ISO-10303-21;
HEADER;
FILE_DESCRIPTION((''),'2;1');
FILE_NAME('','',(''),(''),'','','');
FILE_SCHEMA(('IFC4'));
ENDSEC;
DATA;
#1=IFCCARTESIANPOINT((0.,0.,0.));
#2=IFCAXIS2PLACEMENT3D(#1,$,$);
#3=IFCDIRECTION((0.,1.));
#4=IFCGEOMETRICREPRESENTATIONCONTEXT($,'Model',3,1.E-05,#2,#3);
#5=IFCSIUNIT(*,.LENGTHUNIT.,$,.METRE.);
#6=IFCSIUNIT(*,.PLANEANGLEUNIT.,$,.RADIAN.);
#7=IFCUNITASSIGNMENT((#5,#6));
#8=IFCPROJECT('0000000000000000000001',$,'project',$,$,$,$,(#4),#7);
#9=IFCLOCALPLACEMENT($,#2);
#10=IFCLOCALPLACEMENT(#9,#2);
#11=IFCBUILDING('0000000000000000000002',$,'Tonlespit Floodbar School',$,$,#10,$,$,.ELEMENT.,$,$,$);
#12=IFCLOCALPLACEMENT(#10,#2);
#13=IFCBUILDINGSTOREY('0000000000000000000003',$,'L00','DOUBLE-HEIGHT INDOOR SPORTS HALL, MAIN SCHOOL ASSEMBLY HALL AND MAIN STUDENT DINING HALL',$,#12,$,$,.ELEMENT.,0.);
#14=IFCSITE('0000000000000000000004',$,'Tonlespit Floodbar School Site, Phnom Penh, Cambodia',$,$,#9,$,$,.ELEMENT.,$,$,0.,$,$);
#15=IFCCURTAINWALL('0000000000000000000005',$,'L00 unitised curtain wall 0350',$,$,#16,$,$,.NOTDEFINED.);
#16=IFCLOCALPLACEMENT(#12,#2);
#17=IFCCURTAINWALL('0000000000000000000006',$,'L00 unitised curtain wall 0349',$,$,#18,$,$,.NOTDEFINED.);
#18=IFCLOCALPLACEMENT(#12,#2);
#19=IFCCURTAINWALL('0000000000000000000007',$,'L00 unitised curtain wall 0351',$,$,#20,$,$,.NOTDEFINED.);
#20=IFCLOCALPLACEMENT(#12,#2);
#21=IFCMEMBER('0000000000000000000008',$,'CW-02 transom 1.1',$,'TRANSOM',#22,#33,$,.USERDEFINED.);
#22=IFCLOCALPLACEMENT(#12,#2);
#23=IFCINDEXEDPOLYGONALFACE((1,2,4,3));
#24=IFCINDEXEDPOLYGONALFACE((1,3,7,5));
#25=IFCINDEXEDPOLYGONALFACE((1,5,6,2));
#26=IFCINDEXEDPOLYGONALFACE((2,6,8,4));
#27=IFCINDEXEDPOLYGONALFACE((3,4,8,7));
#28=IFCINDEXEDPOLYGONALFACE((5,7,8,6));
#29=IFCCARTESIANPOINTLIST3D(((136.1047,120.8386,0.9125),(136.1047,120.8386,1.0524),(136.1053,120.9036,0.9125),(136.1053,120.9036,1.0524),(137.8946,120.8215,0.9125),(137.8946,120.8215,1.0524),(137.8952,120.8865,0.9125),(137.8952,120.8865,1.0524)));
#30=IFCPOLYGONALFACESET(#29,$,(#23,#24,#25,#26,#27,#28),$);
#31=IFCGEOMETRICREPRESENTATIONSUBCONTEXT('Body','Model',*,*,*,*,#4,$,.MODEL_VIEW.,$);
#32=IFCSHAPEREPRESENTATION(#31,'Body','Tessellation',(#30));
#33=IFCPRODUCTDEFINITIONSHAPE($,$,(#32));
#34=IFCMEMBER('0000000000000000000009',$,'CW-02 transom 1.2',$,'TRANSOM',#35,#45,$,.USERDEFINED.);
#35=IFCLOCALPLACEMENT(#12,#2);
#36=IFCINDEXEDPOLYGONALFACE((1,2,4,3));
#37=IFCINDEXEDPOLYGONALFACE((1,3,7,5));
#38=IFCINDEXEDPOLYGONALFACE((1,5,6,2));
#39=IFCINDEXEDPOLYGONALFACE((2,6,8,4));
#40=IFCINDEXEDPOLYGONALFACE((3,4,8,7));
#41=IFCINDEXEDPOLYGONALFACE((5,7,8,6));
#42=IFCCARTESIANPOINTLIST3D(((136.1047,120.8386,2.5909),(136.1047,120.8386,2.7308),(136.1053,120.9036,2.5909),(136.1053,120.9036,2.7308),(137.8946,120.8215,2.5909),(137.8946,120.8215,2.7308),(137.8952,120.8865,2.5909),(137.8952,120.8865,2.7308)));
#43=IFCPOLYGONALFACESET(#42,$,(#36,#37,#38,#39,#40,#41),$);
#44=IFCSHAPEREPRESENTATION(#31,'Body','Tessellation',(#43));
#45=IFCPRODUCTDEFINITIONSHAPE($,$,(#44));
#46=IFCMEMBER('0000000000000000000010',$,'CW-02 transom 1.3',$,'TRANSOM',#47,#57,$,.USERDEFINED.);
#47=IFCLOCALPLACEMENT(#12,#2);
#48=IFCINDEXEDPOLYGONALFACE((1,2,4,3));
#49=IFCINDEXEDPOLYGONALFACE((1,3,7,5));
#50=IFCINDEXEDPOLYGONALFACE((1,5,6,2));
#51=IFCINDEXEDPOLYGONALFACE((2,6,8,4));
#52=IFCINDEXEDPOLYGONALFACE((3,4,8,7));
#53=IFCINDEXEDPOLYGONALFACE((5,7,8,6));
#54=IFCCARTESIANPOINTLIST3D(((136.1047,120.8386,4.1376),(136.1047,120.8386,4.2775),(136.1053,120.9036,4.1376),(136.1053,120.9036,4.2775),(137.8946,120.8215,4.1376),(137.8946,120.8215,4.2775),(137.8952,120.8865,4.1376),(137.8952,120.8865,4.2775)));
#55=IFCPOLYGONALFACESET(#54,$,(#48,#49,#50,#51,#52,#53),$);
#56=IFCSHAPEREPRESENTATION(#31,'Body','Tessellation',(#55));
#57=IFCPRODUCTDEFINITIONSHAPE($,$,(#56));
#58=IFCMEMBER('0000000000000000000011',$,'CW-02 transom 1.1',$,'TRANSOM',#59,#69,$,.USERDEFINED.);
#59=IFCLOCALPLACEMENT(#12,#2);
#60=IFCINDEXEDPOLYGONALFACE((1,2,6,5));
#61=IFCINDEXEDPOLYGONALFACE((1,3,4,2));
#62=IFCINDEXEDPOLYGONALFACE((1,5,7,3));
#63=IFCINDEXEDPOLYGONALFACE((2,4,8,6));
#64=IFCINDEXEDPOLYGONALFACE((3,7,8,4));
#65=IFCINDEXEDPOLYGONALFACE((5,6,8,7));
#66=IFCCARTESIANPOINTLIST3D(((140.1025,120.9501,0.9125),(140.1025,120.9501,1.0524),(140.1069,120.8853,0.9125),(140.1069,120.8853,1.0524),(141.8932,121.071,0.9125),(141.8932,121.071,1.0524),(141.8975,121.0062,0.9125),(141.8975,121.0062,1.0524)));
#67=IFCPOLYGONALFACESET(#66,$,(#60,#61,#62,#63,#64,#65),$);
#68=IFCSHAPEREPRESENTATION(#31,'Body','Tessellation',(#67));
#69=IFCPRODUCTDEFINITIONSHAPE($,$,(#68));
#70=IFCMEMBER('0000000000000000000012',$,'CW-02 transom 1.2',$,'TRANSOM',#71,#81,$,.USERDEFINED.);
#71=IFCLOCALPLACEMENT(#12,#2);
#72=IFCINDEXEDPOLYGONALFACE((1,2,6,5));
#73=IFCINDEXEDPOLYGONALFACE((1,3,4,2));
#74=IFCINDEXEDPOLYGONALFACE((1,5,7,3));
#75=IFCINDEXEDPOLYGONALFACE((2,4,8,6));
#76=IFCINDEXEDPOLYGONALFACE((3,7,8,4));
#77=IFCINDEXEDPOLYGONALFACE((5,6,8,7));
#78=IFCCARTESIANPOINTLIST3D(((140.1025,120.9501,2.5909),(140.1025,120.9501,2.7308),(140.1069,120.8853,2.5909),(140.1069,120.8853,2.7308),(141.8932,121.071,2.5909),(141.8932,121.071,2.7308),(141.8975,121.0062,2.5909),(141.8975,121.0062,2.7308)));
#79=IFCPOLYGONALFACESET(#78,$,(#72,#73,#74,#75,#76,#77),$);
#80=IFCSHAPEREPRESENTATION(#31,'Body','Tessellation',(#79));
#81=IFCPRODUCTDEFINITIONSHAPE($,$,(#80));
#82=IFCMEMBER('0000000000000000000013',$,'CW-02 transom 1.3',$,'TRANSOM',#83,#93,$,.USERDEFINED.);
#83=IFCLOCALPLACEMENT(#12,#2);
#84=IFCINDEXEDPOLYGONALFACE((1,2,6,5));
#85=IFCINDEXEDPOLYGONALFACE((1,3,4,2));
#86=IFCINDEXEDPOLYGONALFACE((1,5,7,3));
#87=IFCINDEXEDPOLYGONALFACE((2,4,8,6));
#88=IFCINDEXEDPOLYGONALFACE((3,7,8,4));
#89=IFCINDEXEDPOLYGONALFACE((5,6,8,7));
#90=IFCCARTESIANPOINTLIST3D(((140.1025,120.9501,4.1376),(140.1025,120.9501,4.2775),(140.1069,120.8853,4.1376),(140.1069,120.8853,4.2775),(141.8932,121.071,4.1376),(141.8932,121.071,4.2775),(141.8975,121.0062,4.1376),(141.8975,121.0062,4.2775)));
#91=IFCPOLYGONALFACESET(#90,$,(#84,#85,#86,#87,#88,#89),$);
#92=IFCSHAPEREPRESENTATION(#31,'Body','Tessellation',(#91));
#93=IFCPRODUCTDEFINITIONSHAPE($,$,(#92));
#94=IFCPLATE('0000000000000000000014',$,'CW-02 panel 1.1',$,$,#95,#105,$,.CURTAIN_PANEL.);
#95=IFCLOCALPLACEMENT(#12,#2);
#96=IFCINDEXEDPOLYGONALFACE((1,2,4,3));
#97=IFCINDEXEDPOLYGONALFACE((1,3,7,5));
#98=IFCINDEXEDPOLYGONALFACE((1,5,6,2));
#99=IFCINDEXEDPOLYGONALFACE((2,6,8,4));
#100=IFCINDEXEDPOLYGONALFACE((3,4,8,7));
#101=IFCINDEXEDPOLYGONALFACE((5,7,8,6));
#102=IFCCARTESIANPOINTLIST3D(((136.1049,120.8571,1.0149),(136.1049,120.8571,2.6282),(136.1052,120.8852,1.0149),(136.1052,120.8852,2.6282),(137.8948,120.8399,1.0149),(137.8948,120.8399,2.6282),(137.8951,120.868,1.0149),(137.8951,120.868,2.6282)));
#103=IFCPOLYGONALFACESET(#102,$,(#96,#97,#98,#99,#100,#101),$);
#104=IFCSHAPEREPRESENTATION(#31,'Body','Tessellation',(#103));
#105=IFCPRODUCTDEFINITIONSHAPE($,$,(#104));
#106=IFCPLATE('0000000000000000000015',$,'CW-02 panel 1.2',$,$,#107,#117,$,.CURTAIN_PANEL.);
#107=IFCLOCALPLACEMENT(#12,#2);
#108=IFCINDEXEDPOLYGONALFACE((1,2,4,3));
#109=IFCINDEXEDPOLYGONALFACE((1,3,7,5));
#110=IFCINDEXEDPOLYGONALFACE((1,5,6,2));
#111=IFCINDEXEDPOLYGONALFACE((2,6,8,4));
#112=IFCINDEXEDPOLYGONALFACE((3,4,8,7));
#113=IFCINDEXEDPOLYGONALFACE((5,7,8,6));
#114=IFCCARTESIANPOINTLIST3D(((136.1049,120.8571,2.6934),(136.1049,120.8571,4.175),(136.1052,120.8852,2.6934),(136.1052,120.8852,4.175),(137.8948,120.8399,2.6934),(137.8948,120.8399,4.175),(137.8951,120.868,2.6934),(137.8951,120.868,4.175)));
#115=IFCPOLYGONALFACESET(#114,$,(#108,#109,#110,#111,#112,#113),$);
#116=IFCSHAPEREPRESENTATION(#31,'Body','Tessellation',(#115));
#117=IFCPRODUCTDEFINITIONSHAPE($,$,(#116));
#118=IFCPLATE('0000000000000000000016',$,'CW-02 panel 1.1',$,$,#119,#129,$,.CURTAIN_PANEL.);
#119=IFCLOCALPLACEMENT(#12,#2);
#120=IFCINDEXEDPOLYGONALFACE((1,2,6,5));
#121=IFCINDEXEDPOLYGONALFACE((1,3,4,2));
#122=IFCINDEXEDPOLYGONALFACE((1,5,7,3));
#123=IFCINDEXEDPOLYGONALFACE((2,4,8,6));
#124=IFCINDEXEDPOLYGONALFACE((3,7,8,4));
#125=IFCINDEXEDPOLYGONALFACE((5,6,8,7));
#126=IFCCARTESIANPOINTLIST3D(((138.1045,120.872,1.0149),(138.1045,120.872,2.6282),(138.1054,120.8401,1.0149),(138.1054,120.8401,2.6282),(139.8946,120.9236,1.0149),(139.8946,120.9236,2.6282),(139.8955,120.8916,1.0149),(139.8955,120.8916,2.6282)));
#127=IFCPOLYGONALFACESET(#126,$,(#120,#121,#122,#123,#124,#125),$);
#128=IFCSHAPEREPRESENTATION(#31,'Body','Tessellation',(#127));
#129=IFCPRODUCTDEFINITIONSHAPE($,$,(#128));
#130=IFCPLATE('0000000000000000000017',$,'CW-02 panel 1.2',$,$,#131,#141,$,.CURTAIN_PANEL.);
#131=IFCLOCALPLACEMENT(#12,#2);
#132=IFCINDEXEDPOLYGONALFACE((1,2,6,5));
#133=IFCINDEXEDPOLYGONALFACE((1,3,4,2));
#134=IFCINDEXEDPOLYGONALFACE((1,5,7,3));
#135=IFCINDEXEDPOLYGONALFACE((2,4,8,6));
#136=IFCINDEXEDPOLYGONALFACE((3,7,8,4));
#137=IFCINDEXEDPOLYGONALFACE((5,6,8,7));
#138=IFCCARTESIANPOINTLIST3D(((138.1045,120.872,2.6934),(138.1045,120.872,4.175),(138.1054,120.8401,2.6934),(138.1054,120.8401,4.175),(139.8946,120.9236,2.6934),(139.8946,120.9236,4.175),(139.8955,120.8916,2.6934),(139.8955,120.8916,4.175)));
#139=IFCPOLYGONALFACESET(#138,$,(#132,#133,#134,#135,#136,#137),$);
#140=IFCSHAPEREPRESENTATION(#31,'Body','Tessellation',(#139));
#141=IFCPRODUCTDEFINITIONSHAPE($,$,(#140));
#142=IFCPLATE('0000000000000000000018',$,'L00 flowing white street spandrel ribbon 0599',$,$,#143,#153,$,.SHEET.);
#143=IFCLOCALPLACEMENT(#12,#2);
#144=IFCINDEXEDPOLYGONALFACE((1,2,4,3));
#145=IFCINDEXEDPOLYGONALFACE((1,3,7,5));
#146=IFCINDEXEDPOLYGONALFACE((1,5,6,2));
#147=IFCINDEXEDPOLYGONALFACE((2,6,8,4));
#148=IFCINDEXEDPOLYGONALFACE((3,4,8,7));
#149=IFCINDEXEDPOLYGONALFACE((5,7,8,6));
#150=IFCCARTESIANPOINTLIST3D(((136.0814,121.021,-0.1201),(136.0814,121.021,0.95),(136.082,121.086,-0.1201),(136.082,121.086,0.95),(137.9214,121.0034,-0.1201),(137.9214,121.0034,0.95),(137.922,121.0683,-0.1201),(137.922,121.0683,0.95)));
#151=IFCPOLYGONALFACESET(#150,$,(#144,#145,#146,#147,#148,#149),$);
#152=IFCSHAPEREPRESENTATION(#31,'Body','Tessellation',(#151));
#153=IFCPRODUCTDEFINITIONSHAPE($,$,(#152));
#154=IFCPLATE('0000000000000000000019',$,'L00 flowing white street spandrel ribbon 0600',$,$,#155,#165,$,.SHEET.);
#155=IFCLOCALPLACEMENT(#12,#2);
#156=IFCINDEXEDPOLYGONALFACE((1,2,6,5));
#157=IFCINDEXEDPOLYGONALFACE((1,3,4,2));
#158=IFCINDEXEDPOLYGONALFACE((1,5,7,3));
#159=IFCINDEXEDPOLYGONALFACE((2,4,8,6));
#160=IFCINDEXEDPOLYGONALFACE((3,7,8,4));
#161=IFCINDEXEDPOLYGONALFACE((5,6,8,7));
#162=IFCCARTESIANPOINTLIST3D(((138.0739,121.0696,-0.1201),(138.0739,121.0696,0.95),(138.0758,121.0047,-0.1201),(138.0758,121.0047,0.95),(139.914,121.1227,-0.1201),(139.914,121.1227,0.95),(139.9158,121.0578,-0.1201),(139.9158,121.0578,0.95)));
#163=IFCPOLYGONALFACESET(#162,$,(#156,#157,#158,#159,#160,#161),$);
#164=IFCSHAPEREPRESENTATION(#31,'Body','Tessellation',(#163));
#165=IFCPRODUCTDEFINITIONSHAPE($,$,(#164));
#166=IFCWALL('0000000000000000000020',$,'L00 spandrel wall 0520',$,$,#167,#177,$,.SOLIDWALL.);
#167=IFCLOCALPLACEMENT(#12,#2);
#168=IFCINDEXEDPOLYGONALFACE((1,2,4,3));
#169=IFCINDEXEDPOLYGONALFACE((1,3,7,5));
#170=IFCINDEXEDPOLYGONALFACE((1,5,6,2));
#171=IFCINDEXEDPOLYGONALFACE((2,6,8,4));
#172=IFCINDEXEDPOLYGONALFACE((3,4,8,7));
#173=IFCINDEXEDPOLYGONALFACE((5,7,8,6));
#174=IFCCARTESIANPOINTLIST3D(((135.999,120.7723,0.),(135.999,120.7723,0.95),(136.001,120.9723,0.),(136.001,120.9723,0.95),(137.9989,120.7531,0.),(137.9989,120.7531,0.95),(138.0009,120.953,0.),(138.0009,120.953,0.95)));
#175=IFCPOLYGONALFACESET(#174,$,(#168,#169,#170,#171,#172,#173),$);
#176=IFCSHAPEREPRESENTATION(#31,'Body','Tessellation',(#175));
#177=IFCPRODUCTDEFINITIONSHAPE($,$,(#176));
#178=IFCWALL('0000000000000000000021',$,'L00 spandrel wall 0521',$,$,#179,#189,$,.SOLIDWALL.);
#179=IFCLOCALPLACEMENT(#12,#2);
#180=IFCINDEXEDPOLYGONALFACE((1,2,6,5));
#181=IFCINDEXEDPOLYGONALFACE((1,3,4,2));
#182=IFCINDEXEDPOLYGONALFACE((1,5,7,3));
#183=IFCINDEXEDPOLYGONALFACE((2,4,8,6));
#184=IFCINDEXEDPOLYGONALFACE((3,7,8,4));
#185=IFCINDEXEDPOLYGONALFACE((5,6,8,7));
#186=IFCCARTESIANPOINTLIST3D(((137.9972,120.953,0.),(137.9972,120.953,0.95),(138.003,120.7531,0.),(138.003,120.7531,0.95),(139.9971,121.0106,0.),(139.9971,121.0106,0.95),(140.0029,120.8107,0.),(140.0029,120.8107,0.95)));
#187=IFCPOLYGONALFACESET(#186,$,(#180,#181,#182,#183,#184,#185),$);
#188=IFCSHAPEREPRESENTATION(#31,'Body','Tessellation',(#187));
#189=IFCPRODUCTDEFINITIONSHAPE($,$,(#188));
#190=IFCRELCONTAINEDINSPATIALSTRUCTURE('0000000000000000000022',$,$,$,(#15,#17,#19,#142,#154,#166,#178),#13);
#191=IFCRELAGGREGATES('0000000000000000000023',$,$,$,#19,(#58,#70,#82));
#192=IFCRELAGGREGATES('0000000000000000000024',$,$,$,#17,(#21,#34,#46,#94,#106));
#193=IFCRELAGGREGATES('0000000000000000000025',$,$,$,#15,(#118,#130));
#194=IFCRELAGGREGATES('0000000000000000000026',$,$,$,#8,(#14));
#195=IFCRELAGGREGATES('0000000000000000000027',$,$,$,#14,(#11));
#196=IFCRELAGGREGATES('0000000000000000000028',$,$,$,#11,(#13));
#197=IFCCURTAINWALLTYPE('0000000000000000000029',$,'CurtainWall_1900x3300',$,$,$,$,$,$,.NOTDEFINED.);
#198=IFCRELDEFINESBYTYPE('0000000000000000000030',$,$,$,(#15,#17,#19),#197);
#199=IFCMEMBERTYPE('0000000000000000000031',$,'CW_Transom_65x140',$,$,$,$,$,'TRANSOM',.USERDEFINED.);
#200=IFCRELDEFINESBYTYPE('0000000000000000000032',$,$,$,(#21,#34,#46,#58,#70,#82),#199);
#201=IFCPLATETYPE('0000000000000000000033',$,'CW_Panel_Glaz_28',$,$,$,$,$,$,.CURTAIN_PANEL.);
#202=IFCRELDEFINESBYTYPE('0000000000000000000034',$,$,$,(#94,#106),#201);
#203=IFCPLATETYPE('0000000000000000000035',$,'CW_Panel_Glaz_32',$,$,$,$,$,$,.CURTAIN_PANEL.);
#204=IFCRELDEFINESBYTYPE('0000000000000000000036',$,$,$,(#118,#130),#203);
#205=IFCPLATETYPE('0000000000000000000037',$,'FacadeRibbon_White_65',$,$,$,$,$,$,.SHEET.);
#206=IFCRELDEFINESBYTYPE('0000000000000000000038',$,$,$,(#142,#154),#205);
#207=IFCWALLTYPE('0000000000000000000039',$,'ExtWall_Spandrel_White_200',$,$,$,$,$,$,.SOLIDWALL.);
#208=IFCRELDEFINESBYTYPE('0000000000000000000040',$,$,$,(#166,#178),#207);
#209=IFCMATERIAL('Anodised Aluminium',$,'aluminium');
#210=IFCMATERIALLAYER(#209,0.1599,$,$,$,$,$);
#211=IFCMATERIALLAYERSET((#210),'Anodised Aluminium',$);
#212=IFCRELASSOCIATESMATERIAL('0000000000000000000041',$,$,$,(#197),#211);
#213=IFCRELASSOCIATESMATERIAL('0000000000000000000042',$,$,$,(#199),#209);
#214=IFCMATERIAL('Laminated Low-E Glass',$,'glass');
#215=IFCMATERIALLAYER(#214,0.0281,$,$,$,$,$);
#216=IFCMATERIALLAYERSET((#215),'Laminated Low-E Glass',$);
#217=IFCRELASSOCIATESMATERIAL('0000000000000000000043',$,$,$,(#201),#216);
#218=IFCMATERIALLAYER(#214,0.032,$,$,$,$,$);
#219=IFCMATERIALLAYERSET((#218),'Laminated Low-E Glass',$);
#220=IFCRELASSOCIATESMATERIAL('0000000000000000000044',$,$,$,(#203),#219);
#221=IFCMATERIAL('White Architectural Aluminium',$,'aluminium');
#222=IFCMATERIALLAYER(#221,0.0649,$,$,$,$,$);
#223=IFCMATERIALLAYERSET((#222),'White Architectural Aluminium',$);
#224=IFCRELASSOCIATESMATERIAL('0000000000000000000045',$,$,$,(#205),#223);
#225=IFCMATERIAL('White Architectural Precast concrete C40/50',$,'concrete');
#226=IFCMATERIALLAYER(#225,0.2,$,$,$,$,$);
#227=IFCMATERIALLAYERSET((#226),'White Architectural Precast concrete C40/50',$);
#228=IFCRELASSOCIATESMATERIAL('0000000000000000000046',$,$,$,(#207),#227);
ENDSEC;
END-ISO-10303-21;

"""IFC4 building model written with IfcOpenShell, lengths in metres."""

from ifc_helpers import new_model, si_unit, direction, frame, frame_2d, origin, origin_2d, place, context, subcontext, project, spatial, rectangle, extrude, material, layer, layer_set, material_profile, profile_set, type_object, element, aggregate, save


model = new_model("IFC4")

# Units and contexts
model_context = context("Model", 3, precision=1e-05, world=origin(), true_north=direction((0.0, 1.0)))
body_context = subcontext(model_context, "Body", "Model", "MODEL_VIEW")
ifc_project = project(units=[si_unit("LENGTHUNIT", "METRE"), si_unit("PLANEANGLEUNIT", "RADIAN")], contexts=[model_context])

# Site, building, storey
site_placement = place(None, origin())
site = spatial("IfcSite", under=ifc_project, at=site_placement, Name="Tonlespit Floodbar School Site, Phnom Penh, Cambodia", CompositionType="ELEMENT", RefElevation=0.0)
building_placement = place(site_placement, origin())
building = spatial("IfcBuilding", under=site, at=building_placement, Name="Tonlespit Floodbar School", CompositionType="ELEMENT")
storey_placement = place(building_placement, origin())
storey = spatial("IfcBuildingStorey", under=building, at=storey_placement, Name="L00", Description="DOUBLE-HEIGHT INDOOR SPORTS HALL, MAIN SCHOOL ASSEMBLY HALL AND MAIN STUDENT DINING HALL", CompositionType="ELEMENT", Elevation=0.0)

# Shared definitions
ifc_material_1 = material(Name="Anodised Aluminium", Category="aluminium")
ifc_layer_1 = layer(ifc_material_1, 0.1599)
ifc_layer_set_1 = layer_set([ifc_layer_1], Name="Anodised Aluminium")
curtain_wall_type = type_object("IfcCurtainWallType", Name="CurtainWall_1900x3300", PredefinedType="NOTDEFINED", material=ifc_layer_set_1)

# Curtain walls
curtain_wall_1_placement = place(storey_placement, origin())
curtain_wall_1 = element("IfcCurtainWall", 1, at=curtain_wall_1_placement, inside=storey, type_object=curtain_wall_type, Name="L00 unitised curtain wall 0350", PredefinedType="NOTDEFINED")
curtain_wall_2_placement = place(storey_placement, origin())
curtain_wall_2 = element("IfcCurtainWall", 2, at=curtain_wall_2_placement, inside=storey, type_object=curtain_wall_type, Name="L00 unitised curtain wall 0349", PredefinedType="NOTDEFINED")

# Curtain wall
curtain_wall_3_placement = place(storey_placement, origin())
curtain_wall_3 = element("IfcCurtainWall", 3, at=curtain_wall_3_placement, inside=storey, type_object=curtain_wall_type, Name="L00 unitised curtain wall 0351", PredefinedType="NOTDEFINED")

# Members
ifc_material_profile_1 = material_profile(ifc_material_1, rectangle(XDim=0.0649, YDim=0.1399, at=origin_2d()), Name="ALU T65x140")
ifc_profile_set_1 = profile_set([ifc_material_profile_1], Name="Anodised Aluminium")
member_type_1 = type_object("IfcMemberType", Name="CW_Transom_65x140", ElementType="TRANSOM", PredefinedType="USERDEFINED", material=ifc_profile_set_1)
member_1_placement = place(storey_placement, frame((136.105, 120.8711, 0.9824), z_axis=(0.999954, -0.009547, 0.0), x_axis=(0.009547, 0.999954, 0.0)))
member_1 = element("IfcMember", 4, at=member_1_placement, type_object=member_type_1, Name="CW-02 transom 1.1", ObjectType="TRANSOM", PredefinedType="USERDEFINED", context=body_context, shape_type="SweptSolid", body=[
    extrude(rectangle(XDim=0.0649, YDim=0.1399, at=origin_2d()), origin(), (0.0, 0.0, 1.0), 1.79),
])
member_2_placement = place(storey_placement, frame((136.105, 120.8711, 2.6609), z_axis=(0.999954, -0.009547, 0.0), x_axis=(0.009547, 0.999954, 0.0)))
member_2 = element("IfcMember", 5, at=member_2_placement, type_object=member_type_1, Name="CW-02 transom 1.2", ObjectType="TRANSOM", PredefinedType="USERDEFINED", context=body_context, shape_type="SweptSolid", body=[
    extrude(rectangle(XDim=0.0649, YDim=0.1399, at=origin_2d()), origin(), (0.0, 0.0, 1.0), 1.79),
])
member_3_placement = place(storey_placement, frame((136.105, 120.8711, 4.2075), z_axis=(0.999954, -0.009547, 0.0), x_axis=(0.009547, 0.999954, 0.0)))
member_3 = element("IfcMember", 6, at=member_3_placement, type_object=member_type_1, Name="CW-02 transom 1.3", ObjectType="TRANSOM", PredefinedType="USERDEFINED", context=body_context, shape_type="SweptSolid", body=[
    extrude(rectangle(XDim=0.0649, YDim=0.1399, at=origin_2d()), origin(), (0.0, 0.0, 1.0), 1.79),
])
member_4_placement = place(storey_placement, frame((140.1047, 120.9177, 0.9824), z_axis=(0.99773, 0.067341, 0.0), x_axis=(-0.067341, 0.99773, 0.0)))
member_4 = element("IfcMember", 7, at=member_4_placement, type_object=member_type_1, Name="CW-02 transom 1.1", ObjectType="TRANSOM", PredefinedType="USERDEFINED", context=body_context, shape_type="SweptSolid", body=[
    extrude(rectangle(XDim=0.0649, YDim=0.1399, at=origin_2d()), origin(), (0.0, 0.0, 1.0), 1.7947),
])
member_5_placement = place(storey_placement, frame((140.1047, 120.9177, 2.6609), z_axis=(0.99773, 0.067341, 0.0), x_axis=(-0.067341, 0.99773, 0.0)))
member_5 = element("IfcMember", 8, at=member_5_placement, type_object=member_type_1, Name="CW-02 transom 1.2", ObjectType="TRANSOM", PredefinedType="USERDEFINED", context=body_context, shape_type="SweptSolid", body=[
    extrude(rectangle(XDim=0.0649, YDim=0.1399, at=origin_2d()), origin(), (0.0, 0.0, 1.0), 1.7947),
])
member_6_placement = place(storey_placement, frame((140.1047, 120.9177, 4.2075), z_axis=(0.99773, 0.067341, 0.0), x_axis=(-0.067341, 0.99773, 0.0)))
member_6 = element("IfcMember", 9, at=member_6_placement, type_object=member_type_1, Name="CW-02 transom 1.3", ObjectType="TRANSOM", PredefinedType="USERDEFINED", context=body_context, shape_type="SweptSolid", body=[
    extrude(rectangle(XDim=0.0649, YDim=0.1399, at=origin_2d()), origin(), (0.0, 0.0, 1.0), 1.7947),
])
aggregate(curtain_wall_3, [member_4, member_5, member_6])

# Plates
ifc_material_2 = material(Name="Laminated Low-E Glass", Category="glass")
ifc_layer_2 = layer(ifc_material_2, 0.0281)
ifc_layer_set_2 = layer_set([ifc_layer_2], Name="Laminated Low-E Glass")
plate_type_1 = type_object("IfcPlateType", Name="CW_Panel_Glaz_28", PredefinedType="CURTAIN_PANEL", material=ifc_layer_set_2)
plate_1_placement = place(storey_placement, frame((137.0, 120.8625, 1.0149), z_axis=(0.0, 0.0, 1.0), x_axis=(0.999954, -0.009583, 0.0)))
plate_1 = element("IfcPlate", 10, at=plate_1_placement, type_object=plate_type_1, Name="CW-02 panel 1.1", PredefinedType="CURTAIN_PANEL", context=body_context, shape_type="SweptSolid", body=[
    extrude(rectangle(XDim=1.79, YDim=0.0281, at=origin_2d()), origin(), (0.0, 0.0, 1.0), 1.6133),
])
plate_2_placement = place(storey_placement, frame((137.0, 120.8625, 2.6934), z_axis=(0.0, 0.0, 1.0), x_axis=(0.999954, -0.009583, 0.0)))
plate_2 = element("IfcPlate", 11, at=plate_2_placement, type_object=plate_type_1, Name="CW-02 panel 1.2", PredefinedType="CURTAIN_PANEL", context=body_context, shape_type="SweptSolid", body=[
    extrude(rectangle(XDim=1.79, YDim=0.0281, at=origin_2d()), origin(), (0.0, 0.0, 1.0), 1.4817),
])
aggregate(curtain_wall_2, [member_1, member_2, member_3, plate_1, plate_2])
ifc_layer_3 = layer(ifc_material_2, 0.032)
ifc_layer_set_3 = layer_set([ifc_layer_3], Name="Laminated Low-E Glass")
plate_type_2 = type_object("IfcPlateType", Name="CW_Panel_Glaz_32", PredefinedType="CURTAIN_PANEL", material=ifc_layer_set_3)
plate_3_placement = place(storey_placement, frame((139.0, 120.8818, 1.0149), z_axis=(0.0, 0.0, 1.0), x_axis=(0.999585, 0.02879, 0.0)))
plate_3 = element("IfcPlate", 12, at=plate_3_placement, type_object=plate_type_2, Name="CW-02 panel 1.1", PredefinedType="CURTAIN_PANEL", context=body_context, shape_type="SweptSolid", body=[
    extrude(rectangle(XDim=1.7908, YDim=0.032, at=origin_2d()), origin(), (0.0, 0.0, 1.0), 1.6133),
])
plate_4_placement = place(storey_placement, frame((139.0, 120.8818, 2.6934), z_axis=(0.0, 0.0, 1.0), x_axis=(0.999585, 0.02879, 0.0)))
plate_4 = element("IfcPlate", 13, at=plate_4_placement, type_object=plate_type_2, Name="CW-02 panel 1.2", PredefinedType="CURTAIN_PANEL", context=body_context, shape_type="SweptSolid", body=[
    extrude(rectangle(XDim=1.7908, YDim=0.032, at=origin_2d()), origin(), (0.0, 0.0, 1.0), 1.4817),
])
aggregate(curtain_wall_1, [plate_3, plate_4])

# Plates
ifc_material_3 = material(Name="White Architectural Aluminium", Category="aluminium")
ifc_layer_4 = layer(ifc_material_3, 0.0649)
ifc_layer_set_4 = layer_set([ifc_layer_4], Name="White Architectural Aluminium")
plate_type_3 = type_object("IfcPlateType", Name="FacadeRibbon_White_65", PredefinedType="SHEET", material=ifc_layer_set_4)
plate_5_placement = place(storey_placement, frame((137.0017, 121.0447, -0.1201), z_axis=(0.0, 0.0, 1.0), x_axis=(0.999954, -0.009599, 0.0)))
element("IfcPlate", 14, at=plate_5_placement, inside=storey, type_object=plate_type_3, Name="L00 flowing white street spandrel ribbon 0599", PredefinedType="SHEET", context=body_context, shape_type="SweptSolid", body=[
    extrude(rectangle(XDim=1.8401, YDim=0.0649, at=origin_2d()), origin(), (0.0, 0.0, 1.0), 1.0701),
])
plate_6_placement = place(storey_placement, frame((138.9949, 121.0637, -0.1201), z_axis=(0.0, 0.0, 1.0), x_axis=(0.999584, 0.028838, 0.0)))
element("IfcPlate", 15, at=plate_6_placement, inside=storey, type_object=plate_type_3, Name="L00 flowing white street spandrel ribbon 0600", PredefinedType="SHEET", context=body_context, shape_type="SweptSolid", body=[
    extrude(rectangle(XDim=1.8408, YDim=0.0649, at=origin_2d()), origin(), (0.0, 0.0, 1.0), 1.0701),
])

# Walls
ifc_material_4 = material(Name="White Architectural Precast concrete C40/50", Category="concrete")
ifc_layer_5 = layer(ifc_material_4, 0.2)
ifc_layer_set_5 = layer_set([ifc_layer_5], Name="White Architectural Precast concrete C40/50")
wall_type = type_object("IfcWallType", Name="ExtWall_Spandrel_White_200", PredefinedType="SOLIDWALL", material=ifc_layer_set_5)
wall_1_placement = place(storey_placement, frame((136.0, 120.8723, 0.0), z_axis=(0.0, 0.0, 1.0), x_axis=(0.999954, -0.009643, 0.0)))
element("IfcWall", 16, at=wall_1_placement, inside=storey, type_object=wall_type, Name="L00 spandrel wall 0520", PredefinedType="SOLIDWALL", context=body_context, shape_type="SweptSolid", body=[
    extrude(rectangle(XDim=2.0, YDim=0.2, at=frame_2d((1.0, 0.0))), origin(), (0.0, 0.0, 1.0), 0.95),
])
wall_2_placement = place(storey_placement, frame((138.0, 120.853, 0.0), z_axis=(0.0, 0.0, 1.0), x_axis=(0.999585, 0.028797, 0.0)))
element("IfcWall", 17, at=wall_2_placement, inside=storey, type_object=wall_type, Name="L00 spandrel wall 0521", PredefinedType="SOLIDWALL", context=body_context, shape_type="SweptSolid", body=[
    extrude(rectangle(XDim=2.0007, YDim=0.2, at=frame_2d((1.0005, 0.0))), origin(), (0.0, 0.0, 1.0), 0.95),
])

save(model, "model.ifc")
